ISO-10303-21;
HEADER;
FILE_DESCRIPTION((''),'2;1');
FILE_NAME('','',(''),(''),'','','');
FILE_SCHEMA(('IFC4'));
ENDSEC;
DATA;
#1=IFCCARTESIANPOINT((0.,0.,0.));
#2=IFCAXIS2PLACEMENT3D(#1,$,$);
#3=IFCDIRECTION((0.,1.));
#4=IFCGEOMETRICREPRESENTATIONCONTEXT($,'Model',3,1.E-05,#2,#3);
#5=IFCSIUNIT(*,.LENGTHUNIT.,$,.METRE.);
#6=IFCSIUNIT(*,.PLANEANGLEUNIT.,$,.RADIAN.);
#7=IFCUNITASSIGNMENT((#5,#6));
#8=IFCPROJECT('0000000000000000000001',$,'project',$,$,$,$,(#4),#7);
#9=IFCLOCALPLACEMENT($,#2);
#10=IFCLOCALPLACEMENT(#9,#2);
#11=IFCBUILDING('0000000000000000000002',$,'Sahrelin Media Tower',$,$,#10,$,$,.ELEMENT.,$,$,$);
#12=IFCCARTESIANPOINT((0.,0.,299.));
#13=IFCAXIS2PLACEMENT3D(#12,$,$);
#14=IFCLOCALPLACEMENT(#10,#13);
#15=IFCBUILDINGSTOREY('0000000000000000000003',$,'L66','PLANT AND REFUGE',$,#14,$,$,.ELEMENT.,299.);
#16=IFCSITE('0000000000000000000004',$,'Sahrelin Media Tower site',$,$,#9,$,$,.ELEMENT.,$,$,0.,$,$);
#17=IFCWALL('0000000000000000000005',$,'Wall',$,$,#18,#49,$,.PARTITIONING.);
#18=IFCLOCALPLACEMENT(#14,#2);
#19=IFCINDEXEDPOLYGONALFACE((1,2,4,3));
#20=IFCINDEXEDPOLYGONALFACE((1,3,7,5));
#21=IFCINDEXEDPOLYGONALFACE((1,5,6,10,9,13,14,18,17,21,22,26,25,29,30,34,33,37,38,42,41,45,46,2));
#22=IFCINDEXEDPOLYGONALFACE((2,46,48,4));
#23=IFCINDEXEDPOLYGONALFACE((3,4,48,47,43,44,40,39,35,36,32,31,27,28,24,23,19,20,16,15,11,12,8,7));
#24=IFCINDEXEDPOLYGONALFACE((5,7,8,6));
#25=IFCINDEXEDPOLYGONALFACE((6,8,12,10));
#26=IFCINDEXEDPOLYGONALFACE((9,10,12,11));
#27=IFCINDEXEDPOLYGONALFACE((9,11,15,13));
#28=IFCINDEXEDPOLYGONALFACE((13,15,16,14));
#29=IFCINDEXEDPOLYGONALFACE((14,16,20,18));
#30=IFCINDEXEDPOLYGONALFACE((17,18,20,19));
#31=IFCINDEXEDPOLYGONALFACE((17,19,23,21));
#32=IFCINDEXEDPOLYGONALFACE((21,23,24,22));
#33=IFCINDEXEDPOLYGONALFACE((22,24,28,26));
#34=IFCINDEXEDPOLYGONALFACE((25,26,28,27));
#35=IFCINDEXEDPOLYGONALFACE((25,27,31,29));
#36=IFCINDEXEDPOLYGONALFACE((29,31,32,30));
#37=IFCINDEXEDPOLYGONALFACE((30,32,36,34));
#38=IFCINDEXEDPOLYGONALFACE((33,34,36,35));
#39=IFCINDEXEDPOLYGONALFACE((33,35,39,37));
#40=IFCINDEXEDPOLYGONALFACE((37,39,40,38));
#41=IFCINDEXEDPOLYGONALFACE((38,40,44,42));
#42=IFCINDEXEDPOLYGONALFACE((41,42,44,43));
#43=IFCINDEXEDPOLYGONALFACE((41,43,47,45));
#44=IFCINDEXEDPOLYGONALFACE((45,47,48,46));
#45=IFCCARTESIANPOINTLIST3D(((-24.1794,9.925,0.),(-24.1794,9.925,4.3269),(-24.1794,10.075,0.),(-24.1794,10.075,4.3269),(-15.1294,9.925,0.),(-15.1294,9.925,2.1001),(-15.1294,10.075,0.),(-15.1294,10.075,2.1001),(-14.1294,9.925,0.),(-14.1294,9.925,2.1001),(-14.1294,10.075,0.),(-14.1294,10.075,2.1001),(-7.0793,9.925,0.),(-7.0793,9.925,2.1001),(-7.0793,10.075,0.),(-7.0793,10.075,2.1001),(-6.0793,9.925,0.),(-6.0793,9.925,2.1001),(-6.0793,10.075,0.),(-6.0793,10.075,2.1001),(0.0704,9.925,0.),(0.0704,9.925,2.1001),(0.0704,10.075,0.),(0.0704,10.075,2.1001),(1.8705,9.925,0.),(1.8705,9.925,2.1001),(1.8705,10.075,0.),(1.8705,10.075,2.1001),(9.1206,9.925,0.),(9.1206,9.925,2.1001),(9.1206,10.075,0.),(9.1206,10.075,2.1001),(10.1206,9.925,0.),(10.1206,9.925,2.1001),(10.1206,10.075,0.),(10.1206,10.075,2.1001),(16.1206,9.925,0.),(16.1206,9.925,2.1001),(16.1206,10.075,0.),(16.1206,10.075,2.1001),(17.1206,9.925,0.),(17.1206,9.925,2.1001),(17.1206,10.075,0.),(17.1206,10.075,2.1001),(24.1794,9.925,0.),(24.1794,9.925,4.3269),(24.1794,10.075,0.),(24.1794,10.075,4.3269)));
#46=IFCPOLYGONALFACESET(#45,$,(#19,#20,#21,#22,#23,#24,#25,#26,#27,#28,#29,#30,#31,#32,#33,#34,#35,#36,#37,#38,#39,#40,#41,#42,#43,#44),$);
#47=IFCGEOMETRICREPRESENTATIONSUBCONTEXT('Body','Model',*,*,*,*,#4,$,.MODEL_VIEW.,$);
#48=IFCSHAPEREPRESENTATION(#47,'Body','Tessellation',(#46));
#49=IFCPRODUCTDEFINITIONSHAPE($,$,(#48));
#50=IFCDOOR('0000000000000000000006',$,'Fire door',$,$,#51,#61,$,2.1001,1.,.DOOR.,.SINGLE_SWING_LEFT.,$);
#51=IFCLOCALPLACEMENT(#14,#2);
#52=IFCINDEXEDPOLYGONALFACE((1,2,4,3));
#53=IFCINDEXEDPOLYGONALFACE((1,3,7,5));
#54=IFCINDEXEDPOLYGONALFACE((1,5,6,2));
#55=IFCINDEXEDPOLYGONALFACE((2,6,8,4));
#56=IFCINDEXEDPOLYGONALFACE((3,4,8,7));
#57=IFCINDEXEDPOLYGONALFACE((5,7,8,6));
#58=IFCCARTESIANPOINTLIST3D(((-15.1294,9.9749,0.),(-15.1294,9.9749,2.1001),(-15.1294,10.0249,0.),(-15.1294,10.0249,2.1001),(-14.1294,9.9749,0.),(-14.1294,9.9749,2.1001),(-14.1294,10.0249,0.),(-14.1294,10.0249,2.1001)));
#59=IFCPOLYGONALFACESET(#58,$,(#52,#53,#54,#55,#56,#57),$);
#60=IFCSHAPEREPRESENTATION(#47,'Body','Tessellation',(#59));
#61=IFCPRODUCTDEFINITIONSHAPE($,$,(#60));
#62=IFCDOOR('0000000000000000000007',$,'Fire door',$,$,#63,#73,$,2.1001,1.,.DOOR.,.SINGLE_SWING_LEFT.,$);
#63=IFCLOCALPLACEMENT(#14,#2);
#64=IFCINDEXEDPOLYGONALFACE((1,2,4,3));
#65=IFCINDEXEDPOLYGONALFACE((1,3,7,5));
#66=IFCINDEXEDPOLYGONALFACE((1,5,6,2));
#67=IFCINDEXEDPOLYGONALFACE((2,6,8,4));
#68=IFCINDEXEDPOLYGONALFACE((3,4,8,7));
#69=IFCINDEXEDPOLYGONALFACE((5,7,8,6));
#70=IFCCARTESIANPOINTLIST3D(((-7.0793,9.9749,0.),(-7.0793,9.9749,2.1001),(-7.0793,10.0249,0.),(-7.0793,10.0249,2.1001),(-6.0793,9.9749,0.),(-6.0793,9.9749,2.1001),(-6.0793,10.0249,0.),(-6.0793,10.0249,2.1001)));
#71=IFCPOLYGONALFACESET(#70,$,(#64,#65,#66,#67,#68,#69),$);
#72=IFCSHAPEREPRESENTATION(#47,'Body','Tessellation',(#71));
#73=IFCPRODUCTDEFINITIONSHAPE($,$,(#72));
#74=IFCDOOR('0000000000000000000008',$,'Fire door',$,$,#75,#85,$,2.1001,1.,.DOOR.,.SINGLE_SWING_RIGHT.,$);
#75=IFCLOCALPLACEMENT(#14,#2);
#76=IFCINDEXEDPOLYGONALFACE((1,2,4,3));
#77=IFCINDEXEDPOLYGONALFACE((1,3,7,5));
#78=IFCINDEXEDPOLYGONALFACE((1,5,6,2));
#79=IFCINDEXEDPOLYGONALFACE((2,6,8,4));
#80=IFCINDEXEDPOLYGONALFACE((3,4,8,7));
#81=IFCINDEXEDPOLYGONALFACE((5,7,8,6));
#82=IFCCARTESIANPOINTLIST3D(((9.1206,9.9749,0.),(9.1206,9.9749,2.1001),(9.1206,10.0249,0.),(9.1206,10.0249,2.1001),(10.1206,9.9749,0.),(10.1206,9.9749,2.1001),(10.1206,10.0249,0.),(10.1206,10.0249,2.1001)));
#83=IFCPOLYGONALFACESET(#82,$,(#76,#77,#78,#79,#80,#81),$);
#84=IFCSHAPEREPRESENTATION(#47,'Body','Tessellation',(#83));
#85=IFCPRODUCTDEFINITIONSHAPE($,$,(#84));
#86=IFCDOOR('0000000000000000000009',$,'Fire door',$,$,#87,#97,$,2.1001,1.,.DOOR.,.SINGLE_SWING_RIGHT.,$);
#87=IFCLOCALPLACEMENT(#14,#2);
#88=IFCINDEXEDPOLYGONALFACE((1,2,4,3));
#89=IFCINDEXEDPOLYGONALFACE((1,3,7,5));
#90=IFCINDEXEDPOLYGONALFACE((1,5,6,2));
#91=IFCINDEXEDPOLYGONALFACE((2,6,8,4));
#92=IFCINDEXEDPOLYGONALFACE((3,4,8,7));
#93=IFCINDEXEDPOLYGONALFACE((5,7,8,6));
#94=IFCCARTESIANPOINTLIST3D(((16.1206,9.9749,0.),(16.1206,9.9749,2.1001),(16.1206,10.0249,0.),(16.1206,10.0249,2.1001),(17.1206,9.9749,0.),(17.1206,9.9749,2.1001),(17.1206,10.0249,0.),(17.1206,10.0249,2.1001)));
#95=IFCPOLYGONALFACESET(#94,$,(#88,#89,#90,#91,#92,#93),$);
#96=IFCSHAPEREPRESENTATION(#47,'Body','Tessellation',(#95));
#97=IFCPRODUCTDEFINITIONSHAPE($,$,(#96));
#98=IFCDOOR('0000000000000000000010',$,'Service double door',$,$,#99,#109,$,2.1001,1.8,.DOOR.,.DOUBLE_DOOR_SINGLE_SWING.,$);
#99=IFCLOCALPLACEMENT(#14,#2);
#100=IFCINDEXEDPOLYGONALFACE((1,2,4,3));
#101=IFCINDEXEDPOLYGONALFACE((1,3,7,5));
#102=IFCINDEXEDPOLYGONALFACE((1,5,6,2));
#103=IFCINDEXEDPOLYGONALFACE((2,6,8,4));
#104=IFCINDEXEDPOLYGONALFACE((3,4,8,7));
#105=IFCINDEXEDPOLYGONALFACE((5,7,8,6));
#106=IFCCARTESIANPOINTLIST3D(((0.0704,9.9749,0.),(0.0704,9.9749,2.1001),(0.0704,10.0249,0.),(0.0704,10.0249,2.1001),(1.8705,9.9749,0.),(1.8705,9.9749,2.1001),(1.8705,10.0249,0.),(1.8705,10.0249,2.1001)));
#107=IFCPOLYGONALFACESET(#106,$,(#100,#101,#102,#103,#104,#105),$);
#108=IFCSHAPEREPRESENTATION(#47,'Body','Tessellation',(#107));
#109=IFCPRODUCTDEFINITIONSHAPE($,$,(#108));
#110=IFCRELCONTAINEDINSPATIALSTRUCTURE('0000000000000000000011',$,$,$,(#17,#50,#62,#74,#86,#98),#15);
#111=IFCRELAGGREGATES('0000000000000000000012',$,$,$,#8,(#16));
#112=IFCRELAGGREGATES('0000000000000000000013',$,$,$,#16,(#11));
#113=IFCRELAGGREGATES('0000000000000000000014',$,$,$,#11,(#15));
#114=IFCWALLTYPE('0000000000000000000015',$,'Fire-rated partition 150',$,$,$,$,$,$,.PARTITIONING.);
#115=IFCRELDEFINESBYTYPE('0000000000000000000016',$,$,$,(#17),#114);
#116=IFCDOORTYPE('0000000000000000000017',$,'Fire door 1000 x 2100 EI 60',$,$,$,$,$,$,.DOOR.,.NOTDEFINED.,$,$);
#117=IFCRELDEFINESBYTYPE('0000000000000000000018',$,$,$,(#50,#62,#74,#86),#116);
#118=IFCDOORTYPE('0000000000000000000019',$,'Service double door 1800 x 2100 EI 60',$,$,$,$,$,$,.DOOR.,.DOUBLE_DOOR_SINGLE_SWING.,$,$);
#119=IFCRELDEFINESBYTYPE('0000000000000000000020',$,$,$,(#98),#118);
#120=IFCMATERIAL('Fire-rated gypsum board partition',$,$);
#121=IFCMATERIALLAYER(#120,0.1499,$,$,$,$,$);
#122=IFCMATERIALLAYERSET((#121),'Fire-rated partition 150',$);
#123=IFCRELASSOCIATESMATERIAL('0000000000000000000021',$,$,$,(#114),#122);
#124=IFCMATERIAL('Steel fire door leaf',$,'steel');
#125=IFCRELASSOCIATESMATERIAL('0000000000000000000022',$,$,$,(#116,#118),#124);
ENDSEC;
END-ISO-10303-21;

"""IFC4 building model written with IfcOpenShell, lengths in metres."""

from ifc_helpers import new_model, si_unit, direction, frame, frame_2d, origin, place, context, subcontext, project, spatial, rectangle, extrude, material, layer, layer_set, type_object, element, fill, save


model = new_model("IFC4")

# Units and contexts
model_context = context("Model", 3, precision=1e-05, world=origin(), true_north=direction((0.0, 1.0)))
body_context = subcontext(model_context, "Body", "Model", "MODEL_VIEW")
ifc_project = project(units=[si_unit("LENGTHUNIT", "METRE"), si_unit("PLANEANGLEUNIT", "RADIAN")], contexts=[model_context])

# Site, building, storey
site_placement = place(None, origin())
site = spatial("IfcSite", under=ifc_project, at=site_placement, Name="Sahrelin Media Tower site", CompositionType="ELEMENT", RefElevation=0.0)
building_placement = place(site_placement, origin())
building = spatial("IfcBuilding", under=site, at=building_placement, Name="Sahrelin Media Tower", CompositionType="ELEMENT")
storey_placement = place(building_placement, frame((0.0, 0.0, 299.0)))
storey = spatial("IfcBuildingStorey", under=building, at=storey_placement, Name="L66", Description="PLANT AND REFUGE", CompositionType="ELEMENT", Elevation=299.0)

# Wall, openings, doors
ifc_material_1 = material(Name="Fire-rated gypsum board partition")
ifc_layer = layer(ifc_material_1, 0.1499)
ifc_layer_set = layer_set([ifc_layer], Name="Fire-rated partition 150")
wall_type = type_object("IfcWallType", Name="Fire-rated partition 150", PredefinedType="PARTITIONING", material=ifc_layer_set)
wall_placement = place(storey_placement, frame((-24.1794, 10.0, 0.0), z_axis=(0.0, 0.0, 1.0), x_axis=(1.0, 0.0, 0.0)))
wall = element("IfcWall", 1, at=wall_placement, inside=storey, type_object=wall_type, Name="Wall", PredefinedType="PARTITIONING", context=body_context, shape_type="SweptSolid", body=[
    extrude(rectangle(XDim=48.3589, YDim=0.1499, at=frame_2d((24.1794, 0.0))), origin(), (0.0, 0.0, 1.0), 4.3269),
])
opening_1_placement = place(wall_placement, frame((9.05, 0.0, 0.0)))
opening_1 = element("IfcOpeningElement", 2, at=opening_1_placement, cuts=wall, PredefinedType="OPENING", context=body_context, shape_type="SweptSolid", body=[
    extrude(rectangle(XDim=1.0, YDim=2.1001, at=frame_2d((0.5, 1.05))), frame((0.0, 0.075, 0.0), z_axis=(0.0, -1.0, 0.0), x_axis=(1.0, 0.0, 0.0)), (0.0, 0.0, 1.0), 0.1499),
])
opening_2_placement = place(wall_placement, frame((17.1001, 0.0, 0.0)))
opening_2 = element("IfcOpeningElement", 3, at=opening_2_placement, cuts=wall, PredefinedType="OPENING", context=body_context, shape_type="SweptSolid", body=[
    extrude(rectangle(XDim=1.0, YDim=2.1001, at=frame_2d((0.5, 1.05))), frame((0.0, 0.075, 0.0), z_axis=(0.0, -1.0, 0.0), x_axis=(1.0, 0.0, 0.0)), (0.0, 0.0, 1.0), 0.1499),
])
opening_3_placement = place(wall_placement, frame((33.3, 0.0, 0.0)))
opening_3 = element("IfcOpeningElement", 4, at=opening_3_placement, cuts=wall, PredefinedType="OPENING", context=body_context, shape_type="SweptSolid", body=[
    extrude(rectangle(XDim=1.0, YDim=2.1001, at=frame_2d((0.5, 1.05))), frame((0.0, 0.075, 0.0), z_axis=(0.0, -1.0, 0.0), x_axis=(1.0, 0.0, 0.0)), (0.0, 0.0, 1.0), 0.1499),
])
opening_4_placement = place(wall_placement, frame((40.3, 0.0, 0.0)))
opening_4 = element("IfcOpeningElement", 5, at=opening_4_placement, cuts=wall, PredefinedType="OPENING", context=body_context, shape_type="SweptSolid", body=[
    extrude(rectangle(XDim=1.0, YDim=2.1001, at=frame_2d((0.5, 1.05))), frame((0.0, 0.075, 0.0), z_axis=(0.0, -1.0, 0.0), x_axis=(1.0, 0.0, 0.0)), (0.0, 0.0, 1.0), 0.1499),
])
opening_5_placement = place(wall_placement, frame((24.25, 0.0, 0.0)))
opening_5 = element("IfcOpeningElement", 6, at=opening_5_placement, cuts=wall, PredefinedType="OPENING", context=body_context, shape_type="SweptSolid", body=[
    extrude(rectangle(XDim=1.8, YDim=2.1001, at=frame_2d((0.8999, 1.05))), frame((0.0, 0.075, 0.0), z_axis=(0.0, -1.0, 0.0), x_axis=(1.0, 0.0, 0.0)), (0.0, 0.0, 1.0), 0.1499),
])
ifc_material_2 = material(Name="Steel fire door leaf", Category="steel")
door_type_1 = type_object("IfcDoorType", Name="Fire door 1000 x 2100 EI 60", OperationType="NOTDEFINED", PredefinedType="DOOR", material=ifc_material_2)
door_1_placement = place(opening_1_placement, origin())
door_1 = element("IfcDoor", 7, at=door_1_placement, inside=storey, type_object=door_type_1, Name="Fire door", OperationType="SINGLE_SWING_LEFT", OverallHeight=2.1001, OverallWidth=1.0, PredefinedType="DOOR", context=body_context, shape_type="SweptSolid", body=[
    extrude(rectangle(XDim=1.0, YDim=2.1001, at=frame_2d((0.5, 1.05))), frame((0.0, 0.0249, 0.0), z_axis=(0.0, -1.0, 0.0), x_axis=(1.0, 0.0, 0.0)), (0.0, 0.0, 1.0), 0.05),
])
fill(opening_1, door_1)
door_2_placement = place(opening_2_placement, origin())
door_2 = element("IfcDoor", 8, at=door_2_placement, inside=storey, type_object=door_type_1, Name="Fire door", OperationType="SINGLE_SWING_LEFT", OverallHeight=2.1001, OverallWidth=1.0, PredefinedType="DOOR", context=body_context, shape_type="SweptSolid", body=[
    extrude(rectangle(XDim=1.0, YDim=2.1001, at=frame_2d((0.5, 1.05))), frame((0.0, 0.0249, 0.0), z_axis=(0.0, -1.0, 0.0), x_axis=(1.0, 0.0, 0.0)), (0.0, 0.0, 1.0), 0.05),
])
fill(opening_2, door_2)
door_3_placement = place(opening_3_placement, origin())
door_3 = element("IfcDoor", 9, at=door_3_placement, inside=storey, type_object=door_type_1, Name="Fire door", OperationType="SINGLE_SWING_RIGHT", OverallHeight=2.1001, OverallWidth=1.0, PredefinedType="DOOR", context=body_context, shape_type="SweptSolid", body=[
    extrude(rectangle(XDim=1.0, YDim=2.1001, at=frame_2d((0.5, 1.05))), frame((0.0, 0.0249, 0.0), z_axis=(0.0, -1.0, 0.0), x_axis=(1.0, 0.0, 0.0)), (0.0, 0.0, 1.0), 0.05),
])
fill(opening_3, door_3)
door_4_placement = place(opening_4_placement, origin())
door_4 = element("IfcDoor", 10, at=door_4_placement, inside=storey, type_object=door_type_1, Name="Fire door", OperationType="SINGLE_SWING_RIGHT", OverallHeight=2.1001, OverallWidth=1.0, PredefinedType="DOOR", context=body_context, shape_type="SweptSolid", body=[
    extrude(rectangle(XDim=1.0, YDim=2.1001, at=frame_2d((0.5, 1.05))), frame((0.0, 0.0249, 0.0), z_axis=(0.0, -1.0, 0.0), x_axis=(1.0, 0.0, 0.0)), (0.0, 0.0, 1.0), 0.05),
])
fill(opening_4, door_4)
door_type_2 = type_object("IfcDoorType", Name="Service double door 1800 x 2100 EI 60", OperationType="DOUBLE_DOOR_SINGLE_SWING", PredefinedType="DOOR", material=ifc_material_2)
door_5_placement = place(opening_5_placement, origin())
door_5 = element("IfcDoor", 11, at=door_5_placement, inside=storey, type_object=door_type_2, Name="Service double door", OperationType="DOUBLE_DOOR_SINGLE_SWING", OverallHeight=2.1001, OverallWidth=1.8, PredefinedType="DOOR", context=body_context, shape_type="SweptSolid", body=[
    extrude(rectangle(XDim=1.8, YDim=2.1001, at=frame_2d((0.8999, 1.05))), frame((0.0, 0.0249, 0.0), z_axis=(0.0, -1.0, 0.0), x_axis=(1.0, 0.0, 0.0)), (0.0, 0.0, 1.0), 0.05),
])
fill(opening_5, door_5)

save(model, "model.ifc")
